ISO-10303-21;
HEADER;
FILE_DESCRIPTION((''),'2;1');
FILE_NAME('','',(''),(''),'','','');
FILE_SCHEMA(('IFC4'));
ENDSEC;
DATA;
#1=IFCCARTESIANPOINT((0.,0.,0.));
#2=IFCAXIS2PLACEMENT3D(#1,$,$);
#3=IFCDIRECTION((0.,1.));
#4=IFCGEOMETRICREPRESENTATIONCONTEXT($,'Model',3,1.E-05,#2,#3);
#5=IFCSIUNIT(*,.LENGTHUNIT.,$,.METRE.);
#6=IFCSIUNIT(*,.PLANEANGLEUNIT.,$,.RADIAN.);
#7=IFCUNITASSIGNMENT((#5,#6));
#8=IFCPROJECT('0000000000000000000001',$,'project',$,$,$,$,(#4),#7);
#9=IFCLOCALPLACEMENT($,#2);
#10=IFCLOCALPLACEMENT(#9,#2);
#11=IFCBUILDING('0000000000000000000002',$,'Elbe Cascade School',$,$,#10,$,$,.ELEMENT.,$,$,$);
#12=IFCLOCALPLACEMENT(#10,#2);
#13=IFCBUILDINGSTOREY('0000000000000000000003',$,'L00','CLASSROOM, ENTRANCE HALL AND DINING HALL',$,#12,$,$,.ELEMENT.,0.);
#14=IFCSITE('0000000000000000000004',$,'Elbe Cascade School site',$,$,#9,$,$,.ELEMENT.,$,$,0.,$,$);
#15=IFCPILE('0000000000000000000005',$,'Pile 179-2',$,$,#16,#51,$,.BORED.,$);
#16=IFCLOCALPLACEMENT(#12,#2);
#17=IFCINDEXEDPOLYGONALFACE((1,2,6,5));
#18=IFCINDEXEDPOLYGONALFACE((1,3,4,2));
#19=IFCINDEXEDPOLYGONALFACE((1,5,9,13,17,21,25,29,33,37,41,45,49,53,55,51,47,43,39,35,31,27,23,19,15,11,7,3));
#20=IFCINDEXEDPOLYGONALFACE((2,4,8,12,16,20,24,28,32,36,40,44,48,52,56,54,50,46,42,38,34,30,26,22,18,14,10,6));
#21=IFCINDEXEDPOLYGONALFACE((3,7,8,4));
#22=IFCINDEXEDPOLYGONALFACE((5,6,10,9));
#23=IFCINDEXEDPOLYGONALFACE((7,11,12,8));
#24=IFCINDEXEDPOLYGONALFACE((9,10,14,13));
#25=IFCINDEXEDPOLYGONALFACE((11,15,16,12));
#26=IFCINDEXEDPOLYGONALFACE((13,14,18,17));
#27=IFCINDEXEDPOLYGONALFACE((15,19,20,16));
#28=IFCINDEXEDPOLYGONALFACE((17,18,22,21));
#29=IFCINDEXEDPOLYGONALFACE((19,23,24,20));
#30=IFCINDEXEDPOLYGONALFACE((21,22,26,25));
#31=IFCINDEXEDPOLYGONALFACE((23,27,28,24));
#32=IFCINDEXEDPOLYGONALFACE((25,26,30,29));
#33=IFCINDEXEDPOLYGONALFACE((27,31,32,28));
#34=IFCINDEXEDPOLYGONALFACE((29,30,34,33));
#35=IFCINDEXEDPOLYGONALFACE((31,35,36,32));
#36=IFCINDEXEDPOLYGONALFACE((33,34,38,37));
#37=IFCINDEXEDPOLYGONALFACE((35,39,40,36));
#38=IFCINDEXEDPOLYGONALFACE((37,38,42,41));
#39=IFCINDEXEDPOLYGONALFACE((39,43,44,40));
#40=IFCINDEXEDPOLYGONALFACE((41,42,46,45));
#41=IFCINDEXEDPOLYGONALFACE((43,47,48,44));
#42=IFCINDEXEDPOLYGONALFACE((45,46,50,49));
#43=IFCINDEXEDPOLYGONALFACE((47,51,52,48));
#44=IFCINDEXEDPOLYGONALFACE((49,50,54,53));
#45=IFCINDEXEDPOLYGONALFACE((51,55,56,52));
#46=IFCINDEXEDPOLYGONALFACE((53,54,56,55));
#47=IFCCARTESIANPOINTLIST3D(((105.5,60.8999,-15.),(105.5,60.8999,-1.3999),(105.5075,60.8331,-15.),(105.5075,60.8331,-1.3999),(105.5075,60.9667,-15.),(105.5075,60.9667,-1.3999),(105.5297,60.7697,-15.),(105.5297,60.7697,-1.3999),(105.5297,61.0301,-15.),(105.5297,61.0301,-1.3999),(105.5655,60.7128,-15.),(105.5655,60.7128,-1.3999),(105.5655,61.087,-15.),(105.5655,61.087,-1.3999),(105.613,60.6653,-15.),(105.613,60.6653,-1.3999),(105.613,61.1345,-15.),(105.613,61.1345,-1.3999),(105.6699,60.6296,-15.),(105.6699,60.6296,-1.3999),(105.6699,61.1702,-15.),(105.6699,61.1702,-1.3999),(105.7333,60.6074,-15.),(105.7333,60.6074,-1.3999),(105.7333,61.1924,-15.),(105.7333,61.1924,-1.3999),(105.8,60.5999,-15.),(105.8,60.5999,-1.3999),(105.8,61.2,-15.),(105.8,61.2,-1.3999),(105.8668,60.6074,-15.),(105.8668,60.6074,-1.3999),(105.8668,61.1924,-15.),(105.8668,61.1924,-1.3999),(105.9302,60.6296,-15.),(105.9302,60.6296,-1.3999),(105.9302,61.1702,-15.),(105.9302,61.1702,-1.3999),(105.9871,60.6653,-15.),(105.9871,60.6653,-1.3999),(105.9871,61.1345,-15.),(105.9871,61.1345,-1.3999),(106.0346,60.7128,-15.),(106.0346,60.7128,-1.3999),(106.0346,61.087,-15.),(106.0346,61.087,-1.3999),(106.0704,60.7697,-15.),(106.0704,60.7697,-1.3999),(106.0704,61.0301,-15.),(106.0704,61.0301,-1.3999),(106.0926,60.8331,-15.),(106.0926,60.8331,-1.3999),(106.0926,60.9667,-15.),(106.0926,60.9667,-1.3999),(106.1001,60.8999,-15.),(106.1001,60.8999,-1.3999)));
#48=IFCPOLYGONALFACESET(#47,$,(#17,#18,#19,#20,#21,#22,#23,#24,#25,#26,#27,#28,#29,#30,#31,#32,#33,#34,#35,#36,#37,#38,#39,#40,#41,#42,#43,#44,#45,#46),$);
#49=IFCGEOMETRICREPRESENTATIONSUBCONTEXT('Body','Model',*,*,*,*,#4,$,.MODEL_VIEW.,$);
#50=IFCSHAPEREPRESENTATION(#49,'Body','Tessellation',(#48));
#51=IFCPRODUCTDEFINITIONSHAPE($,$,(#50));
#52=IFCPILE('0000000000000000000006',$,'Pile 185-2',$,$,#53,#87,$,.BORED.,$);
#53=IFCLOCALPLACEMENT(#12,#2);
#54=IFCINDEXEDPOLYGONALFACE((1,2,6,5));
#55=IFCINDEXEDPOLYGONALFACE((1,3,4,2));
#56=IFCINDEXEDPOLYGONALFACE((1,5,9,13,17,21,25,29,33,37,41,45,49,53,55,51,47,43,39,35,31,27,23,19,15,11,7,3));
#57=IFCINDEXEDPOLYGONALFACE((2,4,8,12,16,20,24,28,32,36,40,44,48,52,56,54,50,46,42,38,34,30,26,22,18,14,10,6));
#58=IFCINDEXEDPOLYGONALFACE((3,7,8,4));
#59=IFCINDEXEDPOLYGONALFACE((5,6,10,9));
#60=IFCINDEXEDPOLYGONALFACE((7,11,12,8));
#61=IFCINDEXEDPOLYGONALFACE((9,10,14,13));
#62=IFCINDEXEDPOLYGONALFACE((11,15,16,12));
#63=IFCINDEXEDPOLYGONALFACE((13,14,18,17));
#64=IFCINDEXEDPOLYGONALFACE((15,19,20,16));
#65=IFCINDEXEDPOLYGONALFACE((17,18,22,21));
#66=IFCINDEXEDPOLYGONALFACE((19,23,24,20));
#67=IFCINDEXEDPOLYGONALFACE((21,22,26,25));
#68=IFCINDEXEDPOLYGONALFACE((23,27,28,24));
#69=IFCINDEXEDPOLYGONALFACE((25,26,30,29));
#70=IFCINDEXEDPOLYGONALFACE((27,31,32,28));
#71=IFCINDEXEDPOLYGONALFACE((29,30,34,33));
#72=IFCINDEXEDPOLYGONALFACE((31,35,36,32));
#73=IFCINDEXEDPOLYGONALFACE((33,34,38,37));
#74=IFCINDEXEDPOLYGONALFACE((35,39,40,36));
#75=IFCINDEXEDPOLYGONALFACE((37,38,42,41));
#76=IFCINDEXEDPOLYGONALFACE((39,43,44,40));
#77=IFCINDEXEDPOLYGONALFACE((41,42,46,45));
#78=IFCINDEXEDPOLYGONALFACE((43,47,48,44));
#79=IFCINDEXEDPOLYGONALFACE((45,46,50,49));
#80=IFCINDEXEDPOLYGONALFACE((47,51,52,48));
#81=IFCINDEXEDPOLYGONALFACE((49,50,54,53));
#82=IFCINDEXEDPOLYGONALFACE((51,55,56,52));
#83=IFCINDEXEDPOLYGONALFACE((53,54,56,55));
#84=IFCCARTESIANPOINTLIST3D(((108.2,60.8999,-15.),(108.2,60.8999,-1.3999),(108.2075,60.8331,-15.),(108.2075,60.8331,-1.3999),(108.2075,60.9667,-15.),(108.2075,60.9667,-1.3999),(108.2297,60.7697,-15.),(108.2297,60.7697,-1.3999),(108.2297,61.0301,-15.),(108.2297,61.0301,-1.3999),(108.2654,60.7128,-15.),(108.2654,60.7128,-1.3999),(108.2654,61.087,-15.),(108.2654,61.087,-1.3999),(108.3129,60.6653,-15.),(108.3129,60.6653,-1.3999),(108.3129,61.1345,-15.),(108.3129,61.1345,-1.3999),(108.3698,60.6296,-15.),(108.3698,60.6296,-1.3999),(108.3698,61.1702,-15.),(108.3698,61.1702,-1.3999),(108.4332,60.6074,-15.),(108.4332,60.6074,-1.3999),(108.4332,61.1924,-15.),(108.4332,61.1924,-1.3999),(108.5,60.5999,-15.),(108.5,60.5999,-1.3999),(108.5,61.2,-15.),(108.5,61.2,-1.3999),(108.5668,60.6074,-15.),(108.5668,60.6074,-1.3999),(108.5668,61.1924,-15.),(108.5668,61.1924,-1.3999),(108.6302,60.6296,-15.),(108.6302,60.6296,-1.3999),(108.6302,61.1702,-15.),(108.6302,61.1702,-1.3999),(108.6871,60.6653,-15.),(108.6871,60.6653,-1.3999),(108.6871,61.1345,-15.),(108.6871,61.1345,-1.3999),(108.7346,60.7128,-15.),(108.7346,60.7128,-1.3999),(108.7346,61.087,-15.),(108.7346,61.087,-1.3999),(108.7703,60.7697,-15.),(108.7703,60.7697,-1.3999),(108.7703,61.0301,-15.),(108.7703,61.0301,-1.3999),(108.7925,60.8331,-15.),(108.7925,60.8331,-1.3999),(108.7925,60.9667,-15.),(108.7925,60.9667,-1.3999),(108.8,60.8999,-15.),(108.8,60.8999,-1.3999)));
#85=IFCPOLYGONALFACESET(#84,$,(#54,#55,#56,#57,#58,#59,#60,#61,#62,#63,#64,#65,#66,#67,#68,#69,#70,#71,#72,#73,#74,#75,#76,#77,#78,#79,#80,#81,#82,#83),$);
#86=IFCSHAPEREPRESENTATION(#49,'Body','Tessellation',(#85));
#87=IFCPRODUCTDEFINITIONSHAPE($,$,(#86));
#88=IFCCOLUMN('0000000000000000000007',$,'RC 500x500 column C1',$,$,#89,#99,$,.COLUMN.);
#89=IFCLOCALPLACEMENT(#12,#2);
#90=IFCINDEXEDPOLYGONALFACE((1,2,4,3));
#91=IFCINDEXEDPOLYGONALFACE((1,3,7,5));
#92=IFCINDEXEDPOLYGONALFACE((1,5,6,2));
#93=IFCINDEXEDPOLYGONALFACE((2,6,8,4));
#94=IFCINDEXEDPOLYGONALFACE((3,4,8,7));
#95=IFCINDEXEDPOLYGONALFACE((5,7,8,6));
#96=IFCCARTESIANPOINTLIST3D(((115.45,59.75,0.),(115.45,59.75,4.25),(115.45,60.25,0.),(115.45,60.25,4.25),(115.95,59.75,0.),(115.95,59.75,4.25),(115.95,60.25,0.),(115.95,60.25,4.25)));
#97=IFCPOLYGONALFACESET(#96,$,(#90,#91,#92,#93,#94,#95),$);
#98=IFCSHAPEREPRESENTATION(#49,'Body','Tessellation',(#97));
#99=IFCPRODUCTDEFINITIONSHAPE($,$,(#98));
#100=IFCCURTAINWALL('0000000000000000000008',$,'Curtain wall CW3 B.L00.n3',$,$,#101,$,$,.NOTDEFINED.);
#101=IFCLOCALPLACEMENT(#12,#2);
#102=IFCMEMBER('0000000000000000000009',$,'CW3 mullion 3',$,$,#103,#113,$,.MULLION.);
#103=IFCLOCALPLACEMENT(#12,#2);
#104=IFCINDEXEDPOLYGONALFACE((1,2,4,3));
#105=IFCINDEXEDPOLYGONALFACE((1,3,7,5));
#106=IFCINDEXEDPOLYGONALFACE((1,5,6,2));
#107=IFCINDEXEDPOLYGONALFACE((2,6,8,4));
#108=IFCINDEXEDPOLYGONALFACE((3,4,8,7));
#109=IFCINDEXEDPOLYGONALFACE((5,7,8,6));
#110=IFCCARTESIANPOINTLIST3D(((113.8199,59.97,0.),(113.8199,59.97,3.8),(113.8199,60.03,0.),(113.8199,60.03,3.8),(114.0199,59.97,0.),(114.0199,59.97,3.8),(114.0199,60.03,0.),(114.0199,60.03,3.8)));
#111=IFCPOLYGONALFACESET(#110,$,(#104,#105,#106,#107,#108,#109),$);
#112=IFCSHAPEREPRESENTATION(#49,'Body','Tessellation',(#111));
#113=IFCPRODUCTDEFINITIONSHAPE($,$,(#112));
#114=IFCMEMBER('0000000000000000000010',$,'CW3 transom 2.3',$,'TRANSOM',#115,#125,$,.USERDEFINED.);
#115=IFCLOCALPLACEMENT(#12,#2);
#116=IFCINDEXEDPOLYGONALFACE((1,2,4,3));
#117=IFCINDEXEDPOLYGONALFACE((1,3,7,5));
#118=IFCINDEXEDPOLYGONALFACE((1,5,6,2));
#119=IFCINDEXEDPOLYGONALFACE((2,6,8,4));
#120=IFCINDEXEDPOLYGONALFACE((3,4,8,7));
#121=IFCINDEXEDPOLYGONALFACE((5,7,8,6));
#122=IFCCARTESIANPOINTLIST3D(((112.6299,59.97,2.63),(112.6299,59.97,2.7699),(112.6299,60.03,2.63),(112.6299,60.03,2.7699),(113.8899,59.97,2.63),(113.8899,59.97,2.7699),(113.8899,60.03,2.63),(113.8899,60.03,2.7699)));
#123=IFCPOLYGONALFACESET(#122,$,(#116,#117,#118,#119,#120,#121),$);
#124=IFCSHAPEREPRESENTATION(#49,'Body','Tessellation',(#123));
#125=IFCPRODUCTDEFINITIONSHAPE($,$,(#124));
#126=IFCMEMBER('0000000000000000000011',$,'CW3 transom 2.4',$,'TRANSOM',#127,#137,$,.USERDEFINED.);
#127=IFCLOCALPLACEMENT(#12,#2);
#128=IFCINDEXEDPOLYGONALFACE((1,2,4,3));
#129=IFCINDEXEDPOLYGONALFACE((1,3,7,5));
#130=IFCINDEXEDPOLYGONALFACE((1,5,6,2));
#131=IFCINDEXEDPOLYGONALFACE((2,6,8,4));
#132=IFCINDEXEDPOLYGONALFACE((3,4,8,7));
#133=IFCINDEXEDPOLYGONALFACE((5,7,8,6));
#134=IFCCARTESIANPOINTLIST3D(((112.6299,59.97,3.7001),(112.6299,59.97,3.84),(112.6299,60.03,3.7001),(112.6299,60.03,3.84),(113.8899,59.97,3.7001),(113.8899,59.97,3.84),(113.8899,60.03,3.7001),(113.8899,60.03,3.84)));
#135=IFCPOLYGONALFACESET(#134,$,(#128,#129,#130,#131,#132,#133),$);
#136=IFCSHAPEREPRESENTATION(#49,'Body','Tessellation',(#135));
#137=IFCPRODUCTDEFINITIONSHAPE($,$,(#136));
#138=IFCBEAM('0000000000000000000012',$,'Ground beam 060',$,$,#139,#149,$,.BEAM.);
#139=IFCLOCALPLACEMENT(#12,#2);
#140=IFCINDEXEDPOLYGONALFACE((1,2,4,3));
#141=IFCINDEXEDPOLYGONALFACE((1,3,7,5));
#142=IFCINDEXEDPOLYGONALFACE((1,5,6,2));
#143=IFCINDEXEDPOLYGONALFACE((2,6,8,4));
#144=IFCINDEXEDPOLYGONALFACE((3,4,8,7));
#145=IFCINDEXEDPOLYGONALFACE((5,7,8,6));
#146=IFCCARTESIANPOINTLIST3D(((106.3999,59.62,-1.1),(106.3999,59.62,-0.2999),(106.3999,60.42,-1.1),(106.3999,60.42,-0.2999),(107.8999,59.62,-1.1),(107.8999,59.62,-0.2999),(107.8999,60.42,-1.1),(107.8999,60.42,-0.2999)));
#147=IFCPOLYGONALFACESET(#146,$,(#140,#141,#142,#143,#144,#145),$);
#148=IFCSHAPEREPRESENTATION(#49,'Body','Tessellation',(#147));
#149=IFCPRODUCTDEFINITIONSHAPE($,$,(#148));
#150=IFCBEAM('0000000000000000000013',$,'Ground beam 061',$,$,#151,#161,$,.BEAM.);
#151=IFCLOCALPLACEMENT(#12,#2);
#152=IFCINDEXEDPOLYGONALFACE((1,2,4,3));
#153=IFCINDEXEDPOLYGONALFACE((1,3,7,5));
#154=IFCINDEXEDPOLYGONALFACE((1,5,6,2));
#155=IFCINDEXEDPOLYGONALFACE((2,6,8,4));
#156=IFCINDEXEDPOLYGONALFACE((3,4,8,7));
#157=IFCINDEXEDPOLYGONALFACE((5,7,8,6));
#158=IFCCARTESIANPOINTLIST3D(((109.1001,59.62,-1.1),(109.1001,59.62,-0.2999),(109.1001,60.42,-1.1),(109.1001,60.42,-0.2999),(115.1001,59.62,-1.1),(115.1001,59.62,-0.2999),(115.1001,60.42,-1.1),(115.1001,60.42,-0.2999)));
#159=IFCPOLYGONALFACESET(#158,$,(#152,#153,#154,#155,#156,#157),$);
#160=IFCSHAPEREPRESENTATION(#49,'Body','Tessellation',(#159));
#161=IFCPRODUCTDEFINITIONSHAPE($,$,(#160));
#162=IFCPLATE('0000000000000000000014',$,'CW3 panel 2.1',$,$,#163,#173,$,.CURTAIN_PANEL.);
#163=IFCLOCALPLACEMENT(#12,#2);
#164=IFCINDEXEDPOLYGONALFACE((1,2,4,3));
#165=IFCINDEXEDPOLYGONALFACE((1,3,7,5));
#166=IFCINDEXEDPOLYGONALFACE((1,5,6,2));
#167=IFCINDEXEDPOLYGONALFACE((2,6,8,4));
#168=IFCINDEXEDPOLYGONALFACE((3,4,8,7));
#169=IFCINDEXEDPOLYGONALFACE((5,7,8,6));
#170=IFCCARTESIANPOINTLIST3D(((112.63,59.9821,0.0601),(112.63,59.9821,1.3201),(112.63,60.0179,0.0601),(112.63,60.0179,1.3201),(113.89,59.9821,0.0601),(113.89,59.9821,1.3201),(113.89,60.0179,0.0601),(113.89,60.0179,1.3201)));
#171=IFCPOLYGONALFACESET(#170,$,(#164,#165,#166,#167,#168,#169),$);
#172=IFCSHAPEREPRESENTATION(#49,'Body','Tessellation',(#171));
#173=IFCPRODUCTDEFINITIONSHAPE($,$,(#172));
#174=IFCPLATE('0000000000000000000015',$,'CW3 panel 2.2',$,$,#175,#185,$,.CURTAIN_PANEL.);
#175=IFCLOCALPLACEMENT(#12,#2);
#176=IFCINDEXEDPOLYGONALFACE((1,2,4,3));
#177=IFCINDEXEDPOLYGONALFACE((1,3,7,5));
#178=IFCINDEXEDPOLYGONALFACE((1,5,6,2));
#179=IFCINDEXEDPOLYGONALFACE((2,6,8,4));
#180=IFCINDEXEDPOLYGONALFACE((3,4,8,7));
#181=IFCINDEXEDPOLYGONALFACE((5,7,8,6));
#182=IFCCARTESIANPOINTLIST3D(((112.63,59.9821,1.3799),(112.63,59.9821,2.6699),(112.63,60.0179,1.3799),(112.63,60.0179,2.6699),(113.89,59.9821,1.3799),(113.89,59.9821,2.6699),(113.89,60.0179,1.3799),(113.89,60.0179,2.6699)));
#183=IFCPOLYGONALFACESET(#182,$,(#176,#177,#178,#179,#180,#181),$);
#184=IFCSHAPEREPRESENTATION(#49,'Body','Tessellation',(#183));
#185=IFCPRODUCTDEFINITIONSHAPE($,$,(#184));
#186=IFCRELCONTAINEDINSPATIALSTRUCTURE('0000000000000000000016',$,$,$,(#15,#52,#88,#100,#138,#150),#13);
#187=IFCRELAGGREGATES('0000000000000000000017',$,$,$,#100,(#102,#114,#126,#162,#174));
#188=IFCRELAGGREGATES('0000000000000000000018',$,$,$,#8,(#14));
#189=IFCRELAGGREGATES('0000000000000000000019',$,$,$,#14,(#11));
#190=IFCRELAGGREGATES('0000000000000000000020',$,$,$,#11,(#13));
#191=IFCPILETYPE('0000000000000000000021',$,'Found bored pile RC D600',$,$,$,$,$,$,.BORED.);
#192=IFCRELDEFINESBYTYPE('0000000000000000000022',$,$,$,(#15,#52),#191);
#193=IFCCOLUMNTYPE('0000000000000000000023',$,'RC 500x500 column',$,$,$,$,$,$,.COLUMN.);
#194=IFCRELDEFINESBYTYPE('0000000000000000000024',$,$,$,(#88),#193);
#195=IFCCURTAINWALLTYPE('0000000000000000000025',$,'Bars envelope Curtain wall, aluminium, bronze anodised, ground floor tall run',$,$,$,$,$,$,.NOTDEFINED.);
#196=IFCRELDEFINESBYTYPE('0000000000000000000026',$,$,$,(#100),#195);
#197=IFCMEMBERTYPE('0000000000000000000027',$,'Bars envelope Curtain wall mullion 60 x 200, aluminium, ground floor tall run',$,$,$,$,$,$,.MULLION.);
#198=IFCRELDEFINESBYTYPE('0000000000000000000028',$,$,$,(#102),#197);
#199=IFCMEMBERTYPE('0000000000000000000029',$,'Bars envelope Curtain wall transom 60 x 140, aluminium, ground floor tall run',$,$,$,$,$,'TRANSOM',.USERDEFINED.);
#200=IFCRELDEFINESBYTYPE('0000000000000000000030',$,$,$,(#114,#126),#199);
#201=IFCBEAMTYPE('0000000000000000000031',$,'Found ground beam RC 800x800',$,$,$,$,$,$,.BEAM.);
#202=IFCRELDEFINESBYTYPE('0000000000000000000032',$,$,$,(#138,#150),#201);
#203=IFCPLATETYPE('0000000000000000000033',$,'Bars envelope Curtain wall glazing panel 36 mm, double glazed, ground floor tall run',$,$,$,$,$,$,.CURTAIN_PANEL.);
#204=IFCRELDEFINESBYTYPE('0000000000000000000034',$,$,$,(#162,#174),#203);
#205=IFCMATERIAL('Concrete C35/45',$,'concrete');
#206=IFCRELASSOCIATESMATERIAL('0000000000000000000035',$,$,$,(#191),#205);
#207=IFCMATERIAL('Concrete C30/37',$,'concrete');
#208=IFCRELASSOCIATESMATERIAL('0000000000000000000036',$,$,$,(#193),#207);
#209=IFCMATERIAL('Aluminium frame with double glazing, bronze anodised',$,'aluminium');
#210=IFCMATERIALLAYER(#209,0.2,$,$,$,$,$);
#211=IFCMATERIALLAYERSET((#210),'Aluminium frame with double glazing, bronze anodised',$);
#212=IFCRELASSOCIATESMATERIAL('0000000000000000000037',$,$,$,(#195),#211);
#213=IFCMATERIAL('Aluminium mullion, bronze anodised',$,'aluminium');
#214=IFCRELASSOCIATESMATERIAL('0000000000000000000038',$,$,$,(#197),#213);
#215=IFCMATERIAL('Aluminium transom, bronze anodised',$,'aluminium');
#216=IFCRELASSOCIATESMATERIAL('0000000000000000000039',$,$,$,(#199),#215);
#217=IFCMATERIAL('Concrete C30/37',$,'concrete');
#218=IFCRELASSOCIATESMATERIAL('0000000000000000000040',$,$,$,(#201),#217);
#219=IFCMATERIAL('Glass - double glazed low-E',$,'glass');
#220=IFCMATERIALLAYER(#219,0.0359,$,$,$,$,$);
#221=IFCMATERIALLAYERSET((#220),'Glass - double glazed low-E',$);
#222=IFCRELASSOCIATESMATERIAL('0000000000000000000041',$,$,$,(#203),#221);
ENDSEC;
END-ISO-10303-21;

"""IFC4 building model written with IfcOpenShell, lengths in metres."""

from ifc_helpers import new_model, si_unit, direction, frame, origin, origin_2d, place, context, subcontext, project, spatial, rectangle, circle, extrude, material, layer, layer_set, material_profile, profile_set, type_object, element, aggregate, save


model = new_model("IFC4")

# Units and contexts
model_context = context("Model", 3, precision=1e-05, world=origin(), true_north=direction((0.0, 1.0)))
body_context = subcontext(model_context, "Body", "Model", "MODEL_VIEW")
ifc_project = project(units=[si_unit("LENGTHUNIT", "METRE"), si_unit("PLANEANGLEUNIT", "RADIAN")], contexts=[model_context])

# Site, building, storey
site_placement = place(None, origin())
site = spatial("IfcSite", under=ifc_project, at=site_placement, Name="Elbe Cascade School site", CompositionType="ELEMENT", RefElevation=0.0)
building_placement = place(site_placement, origin())
building = spatial("IfcBuilding", under=site, at=building_placement, Name="Elbe Cascade School", CompositionType="ELEMENT")
storey_placement = place(building_placement, origin())
storey = spatial("IfcBuildingStorey", under=building, at=storey_placement, Name="L00", Description="CLASSROOM, ENTRANCE HALL AND DINING HALL", CompositionType="ELEMENT", Elevation=0.0)

# Piles
ifc_material_1 = material(Name="Concrete C35/45", Category="concrete")
ifc_material_profile_1 = material_profile(ifc_material_1, circle(Radius=0.3, at=origin_2d()), Name="RC D600")
ifc_profile_set_1 = profile_set([ifc_material_profile_1], Name="Concrete C35/45")
pile_type = type_object("IfcPileType", Name="Found bored pile RC D600", PredefinedType="BORED", material=ifc_profile_set_1)
for number, where, z_axis, x_axis, name in (
    (1, (105.8, 60.8999, -1.3999), (0.0, 0.0, -1.0), (1.0, 0.0, 0.0), "Pile 179-2"),
    (2, (108.5, 60.8999, -1.3999), (0.0, 0.0, -1.0), (1.0, 0.0, 0.0), "Pile 185-2"),
):
    element("IfcPile", number, at=place(storey_placement, frame(where, z_axis=z_axis, x_axis=x_axis)), inside=storey, type_object=pile_type, Name=name, PredefinedType="BORED", context=body_context, shape_type="SweptSolid", body=[
        extrude(circle(Radius=0.3, at=origin_2d()), origin(), (0.0, 0.0, 1.0), 13.6001),
    ])

# Column
ifc_material_2 = material(Name="Concrete C30/37", Category="concrete")
ifc_material_profile_2 = material_profile(ifc_material_2, rectangle(XDim=0.5, YDim=0.5, at=origin_2d()), Name="RC 500x500")
ifc_profile_set_2 = profile_set([ifc_material_profile_2], Name="Concrete C30/37")
column_type = type_object("IfcColumnType", Name="RC 500x500 column", PredefinedType="COLUMN", material=ifc_profile_set_2)
column_placement = place(storey_placement, frame((115.7, 60.0, 0.0), z_axis=(0.0, 0.0, 1.0), x_axis=(1.0, 0.0, 0.0)))
element("IfcColumn", 3, at=column_placement, inside=storey, type_object=column_type, Name="RC 500x500 column C1", PredefinedType="COLUMN", context=body_context, shape_type="SweptSolid", body=[
    extrude(rectangle(XDim=0.5, YDim=0.5, at=origin_2d()), origin(), (0.0, 0.0, 1.0), 4.25),
])

# Curtain wall, members
ifc_material_3 = material(Name="Aluminium frame with double glazing, bronze anodised", Category="aluminium")
ifc_layer_1 = layer(ifc_material_3, 0.2)
ifc_layer_set_1 = layer_set([ifc_layer_1], Name="Aluminium frame with double glazing, bronze anodised")
curtain_wall_type = type_object("IfcCurtainWallType", Name="Bars envelope Curtain wall, aluminium, bronze anodised, ground floor tall run", PredefinedType="NOTDEFINED", material=ifc_layer_set_1)
curtain_wall_placement = place(storey_placement, origin())
curtain_wall = element("IfcCurtainWall", 4, at=curtain_wall_placement, inside=storey, type_object=curtain_wall_type, Name="Curtain wall CW3 B.L00.n3", PredefinedType="NOTDEFINED")
ifc_material_4 = material(Name="Aluminium mullion, bronze anodised", Category="aluminium")
ifc_material_profile_3 = material_profile(ifc_material_4, rectangle(XDim=0.0601, YDim=0.2, at=origin_2d()), Name="Bars envelope Curtain wall mullion 60 x 200, aluminium, ground floor tall run")
ifc_profile_set_3 = profile_set([ifc_material_profile_3], Name="Aluminium mullion, bronze anodised")
member_type_1 = type_object("IfcMemberType", Name="Bars envelope Curtain wall mullion 60 x 200, aluminium, ground floor tall run", PredefinedType="MULLION", material=ifc_profile_set_3)
member_1_placement = place(storey_placement, frame((113.9199, 60.0, 0.0), z_axis=(0.0, 0.0, 1.0), x_axis=(0.0, 1.0, 0.0)))
member_1 = element("IfcMember", 5, at=member_1_placement, type_object=member_type_1, Name="CW3 mullion 3", PredefinedType="MULLION", context=body_context, shape_type="SweptSolid", body=[
    extrude(rectangle(XDim=0.0601, YDim=0.2, at=origin_2d()), origin(), (0.0, 0.0, 1.0), 3.8),
])
ifc_material_5 = material(Name="Aluminium transom, bronze anodised", Category="aluminium")
ifc_material_profile_4 = material_profile(ifc_material_5, rectangle(XDim=0.0601, YDim=0.1399, at=origin_2d()), Name="Bars envelope Curtain wall transom 60 x 140, aluminium, ground floor tall run")
ifc_profile_set_4 = profile_set([ifc_material_profile_4], Name="Aluminium transom, bronze anodised")
member_type_2 = type_object("IfcMemberType", Name="Bars envelope Curtain wall transom 60 x 140, aluminium, ground floor tall run", ElementType="TRANSOM", PredefinedType="USERDEFINED", material=ifc_profile_set_4)
member_2_placement = place(storey_placement, frame((112.6299, 60.0, 2.7), z_axis=(1.0, 0.0, 0.0), x_axis=(0.0, 1.0, 0.0)))
member_2 = element("IfcMember", 6, at=member_2_placement, type_object=member_type_2, Name="CW3 transom 2.3", ObjectType="TRANSOM", PredefinedType="USERDEFINED", context=body_context, shape_type="SweptSolid", body=[
    extrude(rectangle(XDim=0.0601, YDim=0.1399, at=origin_2d()), origin(), (0.0, 0.0, 1.0), 1.26),
])
member_3_placement = place(storey_placement, frame((112.6299, 60.0, 3.77), z_axis=(1.0, 0.0, 0.0), x_axis=(0.0, 1.0, 0.0)))
member_3 = element("IfcMember", 7, at=member_3_placement, type_object=member_type_2, Name="CW3 transom 2.4", ObjectType="TRANSOM", PredefinedType="USERDEFINED", context=body_context, shape_type="SweptSolid", body=[
    extrude(rectangle(XDim=0.0601, YDim=0.1399, at=origin_2d()), origin(), (0.0, 0.0, 1.0), 1.26),
])

# Beams
ifc_material_6 = material(Name="Concrete C30/37", Category="concrete")
ifc_material_profile_5 = material_profile(ifc_material_6, rectangle(XDim=0.8, YDim=0.8, at=origin_2d()), Name="RC 800x800")
ifc_profile_set_5 = profile_set([ifc_material_profile_5], Name="Concrete C30/37")
beam_type = type_object("IfcBeamType", Name="Found ground beam RC 800x800", PredefinedType="BEAM", material=ifc_profile_set_5)
beam_1_placement = place(storey_placement, frame((106.3999, 60.02, -0.7), z_axis=(1.0, 0.0, 0.0), x_axis=(0.0, 1.0, 0.0)))
element("IfcBeam", 8, at=beam_1_placement, inside=storey, type_object=beam_type, Name="Ground beam 060", PredefinedType="BEAM", context=body_context, shape_type="SweptSolid", body=[
    extrude(rectangle(XDim=0.8, YDim=0.8, at=origin_2d()), origin(), (0.0, 0.0, 1.0), 1.5),
])
beam_2_placement = place(storey_placement, frame((109.1001, 60.02, -0.7), z_axis=(1.0, 0.0, 0.0), x_axis=(0.0, 1.0, 0.0)))
element("IfcBeam", 9, at=beam_2_placement, inside=storey, type_object=beam_type, Name="Ground beam 061", PredefinedType="BEAM", context=body_context, shape_type="SweptSolid", body=[
    extrude(rectangle(XDim=0.8, YDim=0.8, at=origin_2d()), origin(), (0.0, 0.0, 1.0), 6.0),
])

# Plates
ifc_material_7 = material(Name="Glass - double glazed low-E", Category="glass")
ifc_layer_2 = layer(ifc_material_7, 0.0359)
ifc_layer_set_2 = layer_set([ifc_layer_2], Name="Glass - double glazed low-E")
plate_type = type_object("IfcPlateType", Name="Bars envelope Curtain wall glazing panel 36 mm, double glazed, ground floor tall run", PredefinedType="CURTAIN_PANEL", material=ifc_layer_set_2)
plate_1_placement = place(storey_placement, frame((113.26, 60.0, 0.0601), z_axis=(0.0, 0.0, 1.0), x_axis=(1.0, 0.0, 0.0)))
plate_1 = element("IfcPlate", 10, at=plate_1_placement, type_object=plate_type, Name="CW3 panel 2.1", PredefinedType="CURTAIN_PANEL", context=body_context, shape_type="SweptSolid", body=[
    extrude(rectangle(XDim=1.26, YDim=0.0359, at=origin_2d()), origin(), (0.0, 0.0, 1.0), 1.26),
])
plate_2_placement = place(storey_placement, frame((113.26, 60.0, 1.3799), z_axis=(0.0, 0.0, 1.0), x_axis=(1.0, 0.0, 0.0)))
plate_2 = element("IfcPlate", 11, at=plate_2_placement, type_object=plate_type, Name="CW3 panel 2.2", PredefinedType="CURTAIN_PANEL", context=body_context, shape_type="SweptSolid", body=[
    extrude(rectangle(XDim=1.26, YDim=0.0359, at=origin_2d()), origin(), (0.0, 0.0, 1.0), 1.29),
])
aggregate(curtain_wall, [member_1, member_2, member_3, plate_1, plate_2])

save(model, "model.ifc")
